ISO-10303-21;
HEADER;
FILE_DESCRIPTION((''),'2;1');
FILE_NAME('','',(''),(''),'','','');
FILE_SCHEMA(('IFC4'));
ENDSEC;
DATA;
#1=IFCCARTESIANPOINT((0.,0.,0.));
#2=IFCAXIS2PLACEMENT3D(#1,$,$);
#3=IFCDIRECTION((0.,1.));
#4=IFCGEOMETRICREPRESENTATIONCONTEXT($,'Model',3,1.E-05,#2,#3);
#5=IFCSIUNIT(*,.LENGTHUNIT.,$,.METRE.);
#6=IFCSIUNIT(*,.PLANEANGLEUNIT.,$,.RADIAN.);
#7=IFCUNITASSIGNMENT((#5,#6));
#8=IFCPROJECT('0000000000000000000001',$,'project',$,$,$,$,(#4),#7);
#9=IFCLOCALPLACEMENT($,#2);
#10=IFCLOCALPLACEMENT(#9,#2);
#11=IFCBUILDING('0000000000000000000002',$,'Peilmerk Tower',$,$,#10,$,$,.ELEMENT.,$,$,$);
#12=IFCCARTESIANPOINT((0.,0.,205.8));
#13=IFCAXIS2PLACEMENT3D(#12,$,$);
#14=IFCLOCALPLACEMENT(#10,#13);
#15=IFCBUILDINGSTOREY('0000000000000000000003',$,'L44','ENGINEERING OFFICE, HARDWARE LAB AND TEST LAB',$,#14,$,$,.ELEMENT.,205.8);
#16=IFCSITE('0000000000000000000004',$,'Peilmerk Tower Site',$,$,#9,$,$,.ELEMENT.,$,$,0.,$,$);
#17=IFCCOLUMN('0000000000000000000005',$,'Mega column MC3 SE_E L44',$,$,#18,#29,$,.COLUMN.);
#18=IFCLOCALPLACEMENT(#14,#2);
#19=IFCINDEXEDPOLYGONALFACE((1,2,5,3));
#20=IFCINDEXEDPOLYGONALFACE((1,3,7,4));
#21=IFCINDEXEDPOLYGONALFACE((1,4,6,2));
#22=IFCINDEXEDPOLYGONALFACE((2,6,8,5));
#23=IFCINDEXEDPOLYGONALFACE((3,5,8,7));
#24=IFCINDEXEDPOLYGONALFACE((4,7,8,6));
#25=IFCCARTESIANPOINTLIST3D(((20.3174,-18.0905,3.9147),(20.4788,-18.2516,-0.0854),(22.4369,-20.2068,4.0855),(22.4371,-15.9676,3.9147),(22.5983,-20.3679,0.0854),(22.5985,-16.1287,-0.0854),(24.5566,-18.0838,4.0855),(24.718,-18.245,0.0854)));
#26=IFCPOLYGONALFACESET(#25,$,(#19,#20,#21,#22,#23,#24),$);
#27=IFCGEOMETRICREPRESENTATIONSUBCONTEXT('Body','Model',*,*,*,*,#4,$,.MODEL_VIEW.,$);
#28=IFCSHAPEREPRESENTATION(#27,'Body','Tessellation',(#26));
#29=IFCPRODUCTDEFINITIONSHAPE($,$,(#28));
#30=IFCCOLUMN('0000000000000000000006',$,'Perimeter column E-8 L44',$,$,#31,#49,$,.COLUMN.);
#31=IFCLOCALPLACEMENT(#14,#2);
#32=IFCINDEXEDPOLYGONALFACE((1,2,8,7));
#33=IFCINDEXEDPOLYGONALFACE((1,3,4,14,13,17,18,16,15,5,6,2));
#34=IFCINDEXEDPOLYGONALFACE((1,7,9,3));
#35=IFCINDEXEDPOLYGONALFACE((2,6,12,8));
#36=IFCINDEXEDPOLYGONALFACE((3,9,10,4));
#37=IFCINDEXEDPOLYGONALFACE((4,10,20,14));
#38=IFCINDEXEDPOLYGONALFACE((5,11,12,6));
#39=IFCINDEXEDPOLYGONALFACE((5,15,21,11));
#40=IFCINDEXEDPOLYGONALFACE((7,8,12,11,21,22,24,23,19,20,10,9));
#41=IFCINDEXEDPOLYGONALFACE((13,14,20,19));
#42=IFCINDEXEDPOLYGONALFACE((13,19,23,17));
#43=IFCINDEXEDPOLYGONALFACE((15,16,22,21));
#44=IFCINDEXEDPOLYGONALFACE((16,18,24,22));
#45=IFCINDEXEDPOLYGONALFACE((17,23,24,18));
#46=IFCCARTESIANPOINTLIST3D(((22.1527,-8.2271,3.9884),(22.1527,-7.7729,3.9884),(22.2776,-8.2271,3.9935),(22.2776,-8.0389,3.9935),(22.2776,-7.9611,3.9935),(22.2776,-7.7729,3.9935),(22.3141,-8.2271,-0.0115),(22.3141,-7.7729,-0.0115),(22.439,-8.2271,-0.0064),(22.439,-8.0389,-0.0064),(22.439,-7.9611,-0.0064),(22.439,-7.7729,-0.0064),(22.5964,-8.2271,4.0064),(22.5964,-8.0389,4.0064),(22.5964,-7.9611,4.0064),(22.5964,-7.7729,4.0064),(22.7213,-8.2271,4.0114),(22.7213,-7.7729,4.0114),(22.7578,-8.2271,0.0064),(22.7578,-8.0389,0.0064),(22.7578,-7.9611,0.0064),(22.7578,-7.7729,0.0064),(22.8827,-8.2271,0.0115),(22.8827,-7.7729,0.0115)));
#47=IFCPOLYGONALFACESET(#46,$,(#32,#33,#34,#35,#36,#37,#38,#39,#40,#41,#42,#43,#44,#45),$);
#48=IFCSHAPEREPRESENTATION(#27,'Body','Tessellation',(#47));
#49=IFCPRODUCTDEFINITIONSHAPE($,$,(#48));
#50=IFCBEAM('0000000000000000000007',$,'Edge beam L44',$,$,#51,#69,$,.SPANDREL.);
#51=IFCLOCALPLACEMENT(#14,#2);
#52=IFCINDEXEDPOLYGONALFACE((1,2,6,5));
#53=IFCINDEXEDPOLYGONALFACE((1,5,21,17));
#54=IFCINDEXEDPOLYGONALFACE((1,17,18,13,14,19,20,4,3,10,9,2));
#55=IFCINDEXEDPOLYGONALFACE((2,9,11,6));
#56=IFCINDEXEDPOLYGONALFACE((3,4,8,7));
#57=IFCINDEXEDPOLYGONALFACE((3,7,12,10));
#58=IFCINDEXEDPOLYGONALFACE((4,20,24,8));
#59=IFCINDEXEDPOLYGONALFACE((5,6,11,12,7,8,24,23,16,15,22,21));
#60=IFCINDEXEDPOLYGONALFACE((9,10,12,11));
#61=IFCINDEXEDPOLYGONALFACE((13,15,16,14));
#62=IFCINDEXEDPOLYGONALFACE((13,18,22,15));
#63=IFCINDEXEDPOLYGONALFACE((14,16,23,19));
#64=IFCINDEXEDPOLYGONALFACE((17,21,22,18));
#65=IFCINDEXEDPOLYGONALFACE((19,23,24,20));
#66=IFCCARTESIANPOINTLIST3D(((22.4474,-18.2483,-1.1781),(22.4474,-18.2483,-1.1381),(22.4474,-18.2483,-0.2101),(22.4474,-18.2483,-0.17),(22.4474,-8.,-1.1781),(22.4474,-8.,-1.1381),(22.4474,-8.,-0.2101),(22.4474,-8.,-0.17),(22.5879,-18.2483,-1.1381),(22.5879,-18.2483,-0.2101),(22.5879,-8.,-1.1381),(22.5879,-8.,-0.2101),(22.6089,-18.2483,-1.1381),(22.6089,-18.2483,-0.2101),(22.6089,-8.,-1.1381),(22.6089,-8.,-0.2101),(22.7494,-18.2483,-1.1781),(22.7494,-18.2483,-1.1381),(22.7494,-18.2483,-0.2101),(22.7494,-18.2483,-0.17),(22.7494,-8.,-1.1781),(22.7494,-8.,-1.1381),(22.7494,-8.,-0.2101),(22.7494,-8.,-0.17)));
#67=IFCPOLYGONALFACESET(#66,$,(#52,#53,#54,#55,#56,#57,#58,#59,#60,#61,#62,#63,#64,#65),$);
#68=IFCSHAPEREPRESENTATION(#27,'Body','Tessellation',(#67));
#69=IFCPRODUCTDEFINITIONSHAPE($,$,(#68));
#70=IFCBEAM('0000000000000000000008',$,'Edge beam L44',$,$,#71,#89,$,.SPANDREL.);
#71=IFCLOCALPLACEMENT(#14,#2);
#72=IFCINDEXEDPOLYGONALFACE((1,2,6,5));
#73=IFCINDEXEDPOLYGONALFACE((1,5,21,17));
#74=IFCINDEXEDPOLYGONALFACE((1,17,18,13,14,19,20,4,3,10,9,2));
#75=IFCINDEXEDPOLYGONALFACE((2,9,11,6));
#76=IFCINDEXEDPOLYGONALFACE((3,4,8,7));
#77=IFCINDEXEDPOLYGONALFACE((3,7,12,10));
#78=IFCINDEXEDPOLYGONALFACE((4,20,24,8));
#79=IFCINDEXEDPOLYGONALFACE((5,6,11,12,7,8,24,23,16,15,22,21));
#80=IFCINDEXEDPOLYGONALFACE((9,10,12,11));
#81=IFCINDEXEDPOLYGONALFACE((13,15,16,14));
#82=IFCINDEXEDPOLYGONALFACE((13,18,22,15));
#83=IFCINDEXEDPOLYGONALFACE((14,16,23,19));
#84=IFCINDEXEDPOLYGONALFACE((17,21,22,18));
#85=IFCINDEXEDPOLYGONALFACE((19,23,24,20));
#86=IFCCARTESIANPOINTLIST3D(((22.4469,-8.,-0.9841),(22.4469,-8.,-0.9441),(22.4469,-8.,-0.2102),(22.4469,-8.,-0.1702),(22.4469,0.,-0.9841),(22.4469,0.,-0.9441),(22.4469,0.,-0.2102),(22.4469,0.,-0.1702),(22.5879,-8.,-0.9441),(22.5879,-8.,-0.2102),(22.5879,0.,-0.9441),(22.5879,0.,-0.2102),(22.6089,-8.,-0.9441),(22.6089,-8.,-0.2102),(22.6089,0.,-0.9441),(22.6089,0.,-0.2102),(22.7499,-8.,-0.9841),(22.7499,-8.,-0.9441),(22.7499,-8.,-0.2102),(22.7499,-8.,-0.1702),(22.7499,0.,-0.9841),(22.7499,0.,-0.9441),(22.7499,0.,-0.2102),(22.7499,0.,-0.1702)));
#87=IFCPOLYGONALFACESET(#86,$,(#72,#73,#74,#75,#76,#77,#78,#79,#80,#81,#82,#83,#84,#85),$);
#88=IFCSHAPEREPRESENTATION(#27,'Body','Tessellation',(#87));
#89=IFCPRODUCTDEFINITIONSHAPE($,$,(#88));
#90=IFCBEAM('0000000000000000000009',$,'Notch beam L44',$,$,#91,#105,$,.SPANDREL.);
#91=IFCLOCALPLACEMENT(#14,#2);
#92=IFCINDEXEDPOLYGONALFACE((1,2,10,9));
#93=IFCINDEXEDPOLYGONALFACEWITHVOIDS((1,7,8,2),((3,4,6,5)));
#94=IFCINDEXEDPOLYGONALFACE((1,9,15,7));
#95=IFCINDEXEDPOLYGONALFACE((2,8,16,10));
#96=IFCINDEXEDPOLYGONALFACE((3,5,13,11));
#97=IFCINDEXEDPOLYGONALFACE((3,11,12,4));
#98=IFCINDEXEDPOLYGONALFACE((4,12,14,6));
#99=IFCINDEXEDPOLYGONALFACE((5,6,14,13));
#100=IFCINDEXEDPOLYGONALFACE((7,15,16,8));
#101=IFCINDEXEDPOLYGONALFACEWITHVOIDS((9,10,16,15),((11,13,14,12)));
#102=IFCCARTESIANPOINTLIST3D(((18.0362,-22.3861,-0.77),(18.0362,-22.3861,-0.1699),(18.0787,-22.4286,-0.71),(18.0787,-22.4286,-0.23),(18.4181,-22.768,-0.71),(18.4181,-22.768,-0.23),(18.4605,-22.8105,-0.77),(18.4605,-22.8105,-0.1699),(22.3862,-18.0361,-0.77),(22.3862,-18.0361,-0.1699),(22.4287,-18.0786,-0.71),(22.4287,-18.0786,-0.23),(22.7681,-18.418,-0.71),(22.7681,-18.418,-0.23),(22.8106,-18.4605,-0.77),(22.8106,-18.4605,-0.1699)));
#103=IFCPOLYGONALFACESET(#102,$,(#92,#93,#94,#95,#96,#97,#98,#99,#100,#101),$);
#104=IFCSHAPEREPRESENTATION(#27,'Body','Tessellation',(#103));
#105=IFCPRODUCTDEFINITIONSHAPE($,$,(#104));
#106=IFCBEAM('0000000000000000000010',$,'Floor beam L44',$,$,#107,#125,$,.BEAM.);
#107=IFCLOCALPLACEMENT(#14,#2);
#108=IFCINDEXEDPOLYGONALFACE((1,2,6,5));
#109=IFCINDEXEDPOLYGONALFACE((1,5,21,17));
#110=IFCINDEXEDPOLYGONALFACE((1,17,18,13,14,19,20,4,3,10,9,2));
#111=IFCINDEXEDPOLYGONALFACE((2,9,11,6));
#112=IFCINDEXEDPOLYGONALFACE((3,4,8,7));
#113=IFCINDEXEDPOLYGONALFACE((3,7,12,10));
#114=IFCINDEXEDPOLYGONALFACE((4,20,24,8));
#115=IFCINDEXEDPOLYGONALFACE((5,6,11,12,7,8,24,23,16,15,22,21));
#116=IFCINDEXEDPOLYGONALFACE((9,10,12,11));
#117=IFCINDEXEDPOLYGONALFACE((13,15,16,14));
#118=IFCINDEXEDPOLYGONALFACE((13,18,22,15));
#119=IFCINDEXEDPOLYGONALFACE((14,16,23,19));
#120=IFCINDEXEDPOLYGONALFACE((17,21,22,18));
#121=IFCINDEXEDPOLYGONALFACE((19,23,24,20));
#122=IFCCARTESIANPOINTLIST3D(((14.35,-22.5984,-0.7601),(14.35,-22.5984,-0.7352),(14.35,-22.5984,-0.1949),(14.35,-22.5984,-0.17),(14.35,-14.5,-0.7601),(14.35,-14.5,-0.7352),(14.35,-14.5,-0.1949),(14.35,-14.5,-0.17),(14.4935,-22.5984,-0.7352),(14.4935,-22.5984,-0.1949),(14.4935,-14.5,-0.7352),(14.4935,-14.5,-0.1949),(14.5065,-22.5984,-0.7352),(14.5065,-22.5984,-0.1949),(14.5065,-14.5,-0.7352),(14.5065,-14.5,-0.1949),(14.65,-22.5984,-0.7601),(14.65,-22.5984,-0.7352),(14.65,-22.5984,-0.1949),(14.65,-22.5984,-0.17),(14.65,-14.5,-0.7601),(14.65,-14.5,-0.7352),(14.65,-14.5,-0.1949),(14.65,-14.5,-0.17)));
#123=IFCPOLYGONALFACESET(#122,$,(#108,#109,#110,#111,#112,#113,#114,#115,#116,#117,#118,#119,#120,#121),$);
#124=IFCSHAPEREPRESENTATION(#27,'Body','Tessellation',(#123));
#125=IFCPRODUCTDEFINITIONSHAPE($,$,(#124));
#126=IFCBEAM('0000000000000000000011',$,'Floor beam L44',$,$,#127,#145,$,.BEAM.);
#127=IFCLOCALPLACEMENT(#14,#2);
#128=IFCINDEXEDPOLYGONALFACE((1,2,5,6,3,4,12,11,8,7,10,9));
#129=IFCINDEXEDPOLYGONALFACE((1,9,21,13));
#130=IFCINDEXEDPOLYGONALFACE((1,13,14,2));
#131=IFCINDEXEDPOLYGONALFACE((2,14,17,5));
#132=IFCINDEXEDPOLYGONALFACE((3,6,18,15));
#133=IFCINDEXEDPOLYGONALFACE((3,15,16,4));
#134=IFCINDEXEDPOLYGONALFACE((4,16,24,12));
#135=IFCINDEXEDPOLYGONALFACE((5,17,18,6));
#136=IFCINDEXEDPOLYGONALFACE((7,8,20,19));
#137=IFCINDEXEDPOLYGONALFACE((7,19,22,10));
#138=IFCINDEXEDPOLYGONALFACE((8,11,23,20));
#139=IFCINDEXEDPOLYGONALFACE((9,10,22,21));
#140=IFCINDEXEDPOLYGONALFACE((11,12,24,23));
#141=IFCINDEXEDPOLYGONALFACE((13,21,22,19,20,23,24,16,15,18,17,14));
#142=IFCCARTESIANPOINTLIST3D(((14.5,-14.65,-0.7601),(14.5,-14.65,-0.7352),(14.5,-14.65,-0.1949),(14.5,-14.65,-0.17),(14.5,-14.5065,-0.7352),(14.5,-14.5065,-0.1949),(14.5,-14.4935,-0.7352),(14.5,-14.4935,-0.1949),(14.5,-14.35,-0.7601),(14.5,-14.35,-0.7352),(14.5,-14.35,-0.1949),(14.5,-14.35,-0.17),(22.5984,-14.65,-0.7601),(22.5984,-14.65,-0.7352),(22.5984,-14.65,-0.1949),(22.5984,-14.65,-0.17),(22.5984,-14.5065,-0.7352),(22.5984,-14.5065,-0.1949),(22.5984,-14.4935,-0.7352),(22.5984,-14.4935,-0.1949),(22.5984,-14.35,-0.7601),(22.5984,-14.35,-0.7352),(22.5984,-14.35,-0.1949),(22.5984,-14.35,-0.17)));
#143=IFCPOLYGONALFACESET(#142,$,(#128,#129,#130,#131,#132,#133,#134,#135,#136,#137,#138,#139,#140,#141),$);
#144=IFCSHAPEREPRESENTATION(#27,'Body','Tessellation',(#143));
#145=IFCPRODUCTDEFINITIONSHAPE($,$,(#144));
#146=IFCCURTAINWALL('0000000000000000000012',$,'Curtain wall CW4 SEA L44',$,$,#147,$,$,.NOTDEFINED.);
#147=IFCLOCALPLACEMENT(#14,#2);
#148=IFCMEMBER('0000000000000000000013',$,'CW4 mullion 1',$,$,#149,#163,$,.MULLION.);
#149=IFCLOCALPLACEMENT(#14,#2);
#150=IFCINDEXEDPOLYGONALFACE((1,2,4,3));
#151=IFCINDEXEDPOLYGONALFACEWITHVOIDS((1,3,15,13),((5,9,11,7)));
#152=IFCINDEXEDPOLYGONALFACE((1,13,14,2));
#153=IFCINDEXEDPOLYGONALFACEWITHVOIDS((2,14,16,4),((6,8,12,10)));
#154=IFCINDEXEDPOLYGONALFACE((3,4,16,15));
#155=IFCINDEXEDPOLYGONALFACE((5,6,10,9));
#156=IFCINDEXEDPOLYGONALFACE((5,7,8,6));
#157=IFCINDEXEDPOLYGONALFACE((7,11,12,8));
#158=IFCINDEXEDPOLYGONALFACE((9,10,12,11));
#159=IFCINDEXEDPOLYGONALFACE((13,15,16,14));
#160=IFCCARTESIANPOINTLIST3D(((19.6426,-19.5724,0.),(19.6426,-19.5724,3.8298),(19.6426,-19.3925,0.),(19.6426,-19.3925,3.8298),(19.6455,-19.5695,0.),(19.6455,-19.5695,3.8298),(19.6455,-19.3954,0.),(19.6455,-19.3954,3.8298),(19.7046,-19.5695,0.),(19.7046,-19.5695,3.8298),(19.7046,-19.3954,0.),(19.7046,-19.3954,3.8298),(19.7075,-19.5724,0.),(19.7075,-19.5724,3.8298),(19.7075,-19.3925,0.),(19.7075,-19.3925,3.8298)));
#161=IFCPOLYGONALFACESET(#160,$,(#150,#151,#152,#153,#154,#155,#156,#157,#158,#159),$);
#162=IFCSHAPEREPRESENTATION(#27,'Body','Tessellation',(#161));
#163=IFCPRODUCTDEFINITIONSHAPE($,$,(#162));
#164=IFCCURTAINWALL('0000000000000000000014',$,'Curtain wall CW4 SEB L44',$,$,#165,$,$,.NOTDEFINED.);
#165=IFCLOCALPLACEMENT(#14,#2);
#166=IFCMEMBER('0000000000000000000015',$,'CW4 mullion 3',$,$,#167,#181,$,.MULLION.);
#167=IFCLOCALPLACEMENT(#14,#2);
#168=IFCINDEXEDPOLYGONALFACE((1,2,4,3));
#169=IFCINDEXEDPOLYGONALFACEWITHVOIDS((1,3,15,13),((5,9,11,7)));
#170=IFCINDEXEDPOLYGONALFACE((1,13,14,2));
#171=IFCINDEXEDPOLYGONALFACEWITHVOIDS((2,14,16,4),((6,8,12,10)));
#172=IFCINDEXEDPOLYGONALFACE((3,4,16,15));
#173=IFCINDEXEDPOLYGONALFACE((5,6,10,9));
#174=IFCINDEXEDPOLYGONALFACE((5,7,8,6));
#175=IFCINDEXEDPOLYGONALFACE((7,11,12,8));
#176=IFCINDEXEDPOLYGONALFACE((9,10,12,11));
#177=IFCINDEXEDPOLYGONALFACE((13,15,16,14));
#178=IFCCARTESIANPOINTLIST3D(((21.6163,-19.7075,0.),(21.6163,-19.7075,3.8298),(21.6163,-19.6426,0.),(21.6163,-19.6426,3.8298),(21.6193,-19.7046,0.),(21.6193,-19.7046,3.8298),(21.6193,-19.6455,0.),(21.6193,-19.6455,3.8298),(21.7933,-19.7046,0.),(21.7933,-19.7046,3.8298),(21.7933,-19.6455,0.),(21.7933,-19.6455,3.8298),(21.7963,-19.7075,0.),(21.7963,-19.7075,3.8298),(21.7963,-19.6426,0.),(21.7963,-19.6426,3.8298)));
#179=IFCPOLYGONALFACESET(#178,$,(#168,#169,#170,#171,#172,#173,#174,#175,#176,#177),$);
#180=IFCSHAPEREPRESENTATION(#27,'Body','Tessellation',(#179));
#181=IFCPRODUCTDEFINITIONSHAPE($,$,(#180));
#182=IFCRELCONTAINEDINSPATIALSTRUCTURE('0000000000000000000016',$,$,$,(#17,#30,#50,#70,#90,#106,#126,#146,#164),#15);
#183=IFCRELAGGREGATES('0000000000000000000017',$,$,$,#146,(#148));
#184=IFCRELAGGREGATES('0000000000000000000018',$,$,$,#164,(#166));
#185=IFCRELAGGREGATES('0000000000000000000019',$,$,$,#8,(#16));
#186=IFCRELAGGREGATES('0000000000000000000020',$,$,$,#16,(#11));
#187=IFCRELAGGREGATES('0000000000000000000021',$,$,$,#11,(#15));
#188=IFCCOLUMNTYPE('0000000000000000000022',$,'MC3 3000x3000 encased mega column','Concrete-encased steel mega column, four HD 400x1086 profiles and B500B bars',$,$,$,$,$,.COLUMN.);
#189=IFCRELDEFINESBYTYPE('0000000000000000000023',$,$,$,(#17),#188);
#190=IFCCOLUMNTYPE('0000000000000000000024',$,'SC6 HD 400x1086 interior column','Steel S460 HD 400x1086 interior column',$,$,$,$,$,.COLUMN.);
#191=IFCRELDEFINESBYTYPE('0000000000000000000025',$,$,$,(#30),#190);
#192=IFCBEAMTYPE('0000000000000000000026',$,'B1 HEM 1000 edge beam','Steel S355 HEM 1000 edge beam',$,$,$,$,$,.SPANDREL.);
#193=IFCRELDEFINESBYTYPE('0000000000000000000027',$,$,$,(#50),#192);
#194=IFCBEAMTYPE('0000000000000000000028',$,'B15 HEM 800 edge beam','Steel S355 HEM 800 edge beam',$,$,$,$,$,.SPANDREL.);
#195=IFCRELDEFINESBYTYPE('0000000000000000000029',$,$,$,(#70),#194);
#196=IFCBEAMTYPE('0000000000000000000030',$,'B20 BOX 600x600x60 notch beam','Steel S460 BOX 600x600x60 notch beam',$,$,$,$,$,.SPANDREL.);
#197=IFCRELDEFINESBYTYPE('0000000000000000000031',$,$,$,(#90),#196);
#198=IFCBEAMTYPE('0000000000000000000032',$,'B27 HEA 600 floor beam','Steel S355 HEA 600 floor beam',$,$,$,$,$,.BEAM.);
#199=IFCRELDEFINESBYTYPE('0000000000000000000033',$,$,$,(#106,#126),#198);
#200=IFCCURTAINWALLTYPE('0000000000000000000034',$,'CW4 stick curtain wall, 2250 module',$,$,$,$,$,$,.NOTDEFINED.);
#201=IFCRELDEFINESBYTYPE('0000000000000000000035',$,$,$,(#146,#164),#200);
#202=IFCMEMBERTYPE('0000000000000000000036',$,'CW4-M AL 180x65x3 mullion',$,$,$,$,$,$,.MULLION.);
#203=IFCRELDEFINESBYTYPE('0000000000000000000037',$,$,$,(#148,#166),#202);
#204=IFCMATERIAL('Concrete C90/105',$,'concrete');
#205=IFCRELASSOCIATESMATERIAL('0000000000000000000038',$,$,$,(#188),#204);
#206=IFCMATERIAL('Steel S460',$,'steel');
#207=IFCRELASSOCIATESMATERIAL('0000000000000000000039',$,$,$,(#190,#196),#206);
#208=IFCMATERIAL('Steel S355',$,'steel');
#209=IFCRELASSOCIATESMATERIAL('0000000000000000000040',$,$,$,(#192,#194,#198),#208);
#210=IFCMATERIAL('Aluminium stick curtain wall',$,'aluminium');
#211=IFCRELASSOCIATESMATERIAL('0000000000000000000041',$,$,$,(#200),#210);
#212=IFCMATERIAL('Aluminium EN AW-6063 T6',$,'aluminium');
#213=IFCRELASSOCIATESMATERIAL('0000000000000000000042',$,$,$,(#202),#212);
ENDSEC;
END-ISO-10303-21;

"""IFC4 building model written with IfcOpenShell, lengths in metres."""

from ifc_helpers import new_model, si_unit, direction, frame, origin, origin_2d, place, context, subcontext, project, spatial, rectangle, hollow_rectangle, i_section, extrude, material, material_profile, profile_set, type_object, element, aggregate, save


model = new_model("IFC4")

# Units and contexts
model_context = context("Model", 3, precision=1e-05, world=origin(), true_north=direction((0.0, 1.0)))
body_context = subcontext(model_context, "Body", "Model", "MODEL_VIEW")
ifc_project = project(units=[si_unit("LENGTHUNIT", "METRE"), si_unit("PLANEANGLEUNIT", "RADIAN")], contexts=[model_context])

# Site, building, storey
site_placement = place(None, origin())
site = spatial("IfcSite", under=ifc_project, at=site_placement, Name="Peilmerk Tower Site", CompositionType="ELEMENT", RefElevation=0.0)
building_placement = place(site_placement, origin())
building = spatial("IfcBuilding", under=site, at=building_placement, Name="Peilmerk Tower", CompositionType="ELEMENT")
storey_placement = place(building_placement, frame((0.0, 0.0, 205.8)))
storey = spatial("IfcBuildingStorey", under=building, at=storey_placement, Name="L44", Description="ENGINEERING OFFICE, HARDWARE LAB AND TEST LAB", CompositionType="ELEMENT", Elevation=205.8)

# Columns
ifc_material_1 = material(Name="Concrete C90/105", Category="concrete")
ifc_material_profile_1 = material_profile(ifc_material_1, rectangle(XDim=3.0, YDim=3.0, at=origin_2d()), Name="RC 3000x3000")
ifc_profile_set_1 = profile_set([ifc_material_profile_1], Name="Concrete C90/105")
column_type_1 = type_object("IfcColumnType", Name="MC3 3000x3000 encased mega column", Description="Concrete-encased steel mega column, four HD 400x1086 profiles and B500B bars", PredefinedType="COLUMN", material=ifc_profile_set_1)
column_1_placement = place(storey_placement, frame((22.5984, -18.2483, 0.0), z_axis=(-0.040279, 0.040218, 0.998379), x_axis=(-0.706571, -0.707642, 0.0)))
element("IfcColumn", 1, at=column_1_placement, inside=storey, type_object=column_type_1, Name="Mega column MC3 SE_E L44", PredefinedType="COLUMN", context=body_context, shape_type="SweptSolid", body=[
    extrude(rectangle(XDim=3.0, YDim=3.0, at=origin_2d()), origin(), (0.0, 0.0, 1.0), 4.0066),
])
ifc_material_2 = material(Name="Steel S460", Category="steel")
ifc_material_profile_2 = material_profile(ifc_material_2, i_section(OverallWidth=0.4541, OverallDepth=0.5691, WebThickness=0.0779, FlangeThickness=0.125, at=origin_2d()), Name="HD 400x1086")
ifc_profile_set_2 = profile_set([ifc_material_profile_2], Name="Steel S460")
column_type_2 = type_object("IfcColumnType", Name="SC6 HD 400x1086 interior column", Description="Steel S460 HD 400x1086 interior column", PredefinedType="COLUMN", material=ifc_profile_set_2)
column_2_placement = place(storey_placement, frame((22.5984, -8.0, 0.0), z_axis=(-0.040311, 0.0, 0.999187), x_axis=(0.0, -1.0, 0.0)))
element("IfcColumn", 2, at=column_2_placement, inside=storey, type_object=column_type_2, Name="Perimeter column E-8 L44", PredefinedType="COLUMN", context=body_context, shape_type="SweptSolid", body=[
    extrude(i_section(OverallWidth=0.4541, OverallDepth=0.5691, WebThickness=0.0779, FlangeThickness=0.125, at=origin_2d()), origin(), (0.0, 0.0, 1.0), 4.0032),
])

# Beams
ifc_material_3 = material(Name="Steel S355", Category="steel")
ifc_material_profile_3 = material_profile(ifc_material_3, i_section(OverallWidth=0.302, OverallDepth=1.0081, WebThickness=0.021, FlangeThickness=0.04, at=origin_2d()), Name="HEM 1000")
ifc_profile_set_3 = profile_set([ifc_material_profile_3], Name="Steel S355")
beam_type_1 = type_object("IfcBeamType", Name="B1 HEM 1000 edge beam", Description="Steel S355 HEM 1000 edge beam", PredefinedType="SPANDREL", material=ifc_profile_set_3)
beam_1_placement = place(storey_placement, frame((22.5984, -18.2483, -0.6741), z_axis=(0.0, 1.0, 0.0), x_axis=(-1.0, 0.0, 0.0)))
element("IfcBeam", 3, at=beam_1_placement, inside=storey, type_object=beam_type_1, Name="Edge beam L44", PredefinedType="SPANDREL", context=body_context, shape_type="SweptSolid", body=[
    extrude(i_section(OverallWidth=0.302, OverallDepth=1.0081, WebThickness=0.021, FlangeThickness=0.04, at=origin_2d()), origin(), (0.0, 0.0, 1.0), 10.2483),
])
ifc_material_profile_4 = material_profile(ifc_material_3, i_section(OverallWidth=0.303, OverallDepth=0.814, WebThickness=0.021, FlangeThickness=0.04, at=origin_2d()), Name="HEM 800")
ifc_profile_set_4 = profile_set([ifc_material_profile_4], Name="Steel S355")
beam_type_2 = type_object("IfcBeamType", Name="B15 HEM 800 edge beam", Description="Steel S355 HEM 800 edge beam", PredefinedType="SPANDREL", material=ifc_profile_set_4)
beam_2_placement = place(storey_placement, frame((22.5984, -8.0, -0.5771), z_axis=(0.0, 1.0, 0.0), x_axis=(-1.0, 0.0, 0.0)))
element("IfcBeam", 4, at=beam_2_placement, inside=storey, type_object=beam_type_2, Name="Edge beam L44", PredefinedType="SPANDREL", context=body_context, shape_type="SweptSolid", body=[
    extrude(i_section(OverallWidth=0.303, OverallDepth=0.814, WebThickness=0.021, FlangeThickness=0.04, at=origin_2d()), origin(), (0.0, 0.0, 1.0), 8.0),
])
ifc_material_profile_5 = material_profile(ifc_material_2, hollow_rectangle(XDim=0.6001, YDim=0.6001, WallThickness=0.0601, at=origin_2d()), Name="BOX 600x600x60")
ifc_profile_set_5 = profile_set([ifc_material_profile_5], Name="Steel S460")
beam_type_3 = type_object("IfcBeamType", Name="B20 BOX 600x600x60 notch beam", Description="Steel S460 BOX 600x600x60 notch beam", PredefinedType="SPANDREL", material=ifc_profile_set_5)
beam_3_placement = place(storey_placement, frame((22.5984, -18.2483, -0.47), z_axis=(-0.707107, -0.707107, 0.0), x_axis=(0.707107, -0.707107, 0.0)))
element("IfcBeam", 5, at=beam_3_placement, inside=storey, type_object=beam_type_3, Name="Notch beam L44", PredefinedType="SPANDREL", context=body_context, shape_type="SweptSolid", body=[
    extrude(hollow_rectangle(XDim=0.6001, YDim=0.6001, WallThickness=0.0601, at=origin_2d()), origin(), (0.0, 0.0, 1.0), 6.1519),
])
ifc_material_profile_6 = material_profile(ifc_material_3, i_section(OverallWidth=0.3, OverallDepth=0.5901, WebThickness=0.0129, FlangeThickness=0.0249, at=origin_2d()), Name="HEA 600")
ifc_profile_set_6 = profile_set([ifc_material_profile_6], Name="Steel S355")
beam_type_4 = type_object("IfcBeamType", Name="B27 HEA 600 floor beam", Description="Steel S355 HEA 600 floor beam", PredefinedType="BEAM", material=ifc_profile_set_6)
for number, where, z_axis, x_axis, name in (
    (6, (14.5, -14.5, -0.4651), (0.0, -1.0, 0.0), (1.0, 0.0, 0.0), "Floor beam L44"),
    (7, (14.5, -14.5, -0.4651), (1.0, 0.0, 0.0), (0.0, 1.0, 0.0), "Floor beam L44"),
):
    element("IfcBeam", number, at=place(storey_placement, frame(where, z_axis=z_axis, x_axis=x_axis)), inside=storey, type_object=beam_type_4, Name=name, PredefinedType="BEAM", context=body_context, shape_type="SweptSolid", body=[
        extrude(i_section(OverallWidth=0.3, OverallDepth=0.5901, WebThickness=0.0129, FlangeThickness=0.0249, at=origin_2d()), origin(), (0.0, 0.0, 1.0), 8.0984),
    ])

# Curtain walls, members
ifc_material_4 = material(Name="Aluminium stick curtain wall", Category="aluminium")
curtain_wall_type = type_object("IfcCurtainWallType", Name="CW4 stick curtain wall, 2250 module", PredefinedType="NOTDEFINED", material=ifc_material_4)
curtain_wall_1_placement = place(storey_placement, origin())
curtain_wall_1 = element("IfcCurtainWall", 8, at=curtain_wall_1_placement, inside=storey, type_object=curtain_wall_type, Name="Curtain wall CW4 SEA L44", PredefinedType="NOTDEFINED")
ifc_material_5 = material(Name="Aluminium EN AW-6063 T6", Category="aluminium")
ifc_material_profile_7 = material_profile(ifc_material_5, hollow_rectangle(XDim=0.0649, YDim=0.1799, WallThickness=0.0029, at=origin_2d()), Name="AL 180x65x3")
ifc_profile_set_7 = profile_set([ifc_material_profile_7], Name="Aluminium EN AW-6063 T6")
member_type_1 = type_object("IfcMemberType", Name="CW4-M AL 180x65x3 mullion", PredefinedType="MULLION", material=ifc_profile_set_7)
member_1_placement = place(storey_placement, frame((19.675, -19.4824, 0.0), z_axis=(0.0, 0.0, 1.0), x_axis=(1.0, 0.0, 0.0)))
member_1 = element("IfcMember", 9, at=member_1_placement, type_object=member_type_1, Name="CW4 mullion 1", PredefinedType="MULLION", context=body_context, shape_type="SweptSolid", body=[
    extrude(hollow_rectangle(XDim=0.0649, YDim=0.1799, WallThickness=0.0029, at=origin_2d()), origin(), (0.0, 0.0, 1.0), 3.8298),
])
curtain_wall_2_placement = place(storey_placement, origin())
curtain_wall_2 = element("IfcCurtainWall", 10, at=curtain_wall_2_placement, inside=storey, type_object=curtain_wall_type, Name="Curtain wall CW4 SEB L44", PredefinedType="NOTDEFINED")
member_2_placement = place(storey_placement, frame((21.7063, -19.675, 0.0), z_axis=(0.0, 0.0, 1.0), x_axis=(0.0, 1.0, 0.0)))
member_2 = element("IfcMember", 11, at=member_2_placement, type_object=member_type_1, Name="CW4 mullion 3", PredefinedType="MULLION", context=body_context, shape_type="SweptSolid", body=[
    extrude(hollow_rectangle(XDim=0.0649, YDim=0.1799, WallThickness=0.0029, at=origin_2d()), origin(), (0.0, 0.0, 1.0), 3.8298),
])

aggregate(curtain_wall_1, [member_1])

aggregate(curtain_wall_2, [member_2])

save(model, "model.ifc")
